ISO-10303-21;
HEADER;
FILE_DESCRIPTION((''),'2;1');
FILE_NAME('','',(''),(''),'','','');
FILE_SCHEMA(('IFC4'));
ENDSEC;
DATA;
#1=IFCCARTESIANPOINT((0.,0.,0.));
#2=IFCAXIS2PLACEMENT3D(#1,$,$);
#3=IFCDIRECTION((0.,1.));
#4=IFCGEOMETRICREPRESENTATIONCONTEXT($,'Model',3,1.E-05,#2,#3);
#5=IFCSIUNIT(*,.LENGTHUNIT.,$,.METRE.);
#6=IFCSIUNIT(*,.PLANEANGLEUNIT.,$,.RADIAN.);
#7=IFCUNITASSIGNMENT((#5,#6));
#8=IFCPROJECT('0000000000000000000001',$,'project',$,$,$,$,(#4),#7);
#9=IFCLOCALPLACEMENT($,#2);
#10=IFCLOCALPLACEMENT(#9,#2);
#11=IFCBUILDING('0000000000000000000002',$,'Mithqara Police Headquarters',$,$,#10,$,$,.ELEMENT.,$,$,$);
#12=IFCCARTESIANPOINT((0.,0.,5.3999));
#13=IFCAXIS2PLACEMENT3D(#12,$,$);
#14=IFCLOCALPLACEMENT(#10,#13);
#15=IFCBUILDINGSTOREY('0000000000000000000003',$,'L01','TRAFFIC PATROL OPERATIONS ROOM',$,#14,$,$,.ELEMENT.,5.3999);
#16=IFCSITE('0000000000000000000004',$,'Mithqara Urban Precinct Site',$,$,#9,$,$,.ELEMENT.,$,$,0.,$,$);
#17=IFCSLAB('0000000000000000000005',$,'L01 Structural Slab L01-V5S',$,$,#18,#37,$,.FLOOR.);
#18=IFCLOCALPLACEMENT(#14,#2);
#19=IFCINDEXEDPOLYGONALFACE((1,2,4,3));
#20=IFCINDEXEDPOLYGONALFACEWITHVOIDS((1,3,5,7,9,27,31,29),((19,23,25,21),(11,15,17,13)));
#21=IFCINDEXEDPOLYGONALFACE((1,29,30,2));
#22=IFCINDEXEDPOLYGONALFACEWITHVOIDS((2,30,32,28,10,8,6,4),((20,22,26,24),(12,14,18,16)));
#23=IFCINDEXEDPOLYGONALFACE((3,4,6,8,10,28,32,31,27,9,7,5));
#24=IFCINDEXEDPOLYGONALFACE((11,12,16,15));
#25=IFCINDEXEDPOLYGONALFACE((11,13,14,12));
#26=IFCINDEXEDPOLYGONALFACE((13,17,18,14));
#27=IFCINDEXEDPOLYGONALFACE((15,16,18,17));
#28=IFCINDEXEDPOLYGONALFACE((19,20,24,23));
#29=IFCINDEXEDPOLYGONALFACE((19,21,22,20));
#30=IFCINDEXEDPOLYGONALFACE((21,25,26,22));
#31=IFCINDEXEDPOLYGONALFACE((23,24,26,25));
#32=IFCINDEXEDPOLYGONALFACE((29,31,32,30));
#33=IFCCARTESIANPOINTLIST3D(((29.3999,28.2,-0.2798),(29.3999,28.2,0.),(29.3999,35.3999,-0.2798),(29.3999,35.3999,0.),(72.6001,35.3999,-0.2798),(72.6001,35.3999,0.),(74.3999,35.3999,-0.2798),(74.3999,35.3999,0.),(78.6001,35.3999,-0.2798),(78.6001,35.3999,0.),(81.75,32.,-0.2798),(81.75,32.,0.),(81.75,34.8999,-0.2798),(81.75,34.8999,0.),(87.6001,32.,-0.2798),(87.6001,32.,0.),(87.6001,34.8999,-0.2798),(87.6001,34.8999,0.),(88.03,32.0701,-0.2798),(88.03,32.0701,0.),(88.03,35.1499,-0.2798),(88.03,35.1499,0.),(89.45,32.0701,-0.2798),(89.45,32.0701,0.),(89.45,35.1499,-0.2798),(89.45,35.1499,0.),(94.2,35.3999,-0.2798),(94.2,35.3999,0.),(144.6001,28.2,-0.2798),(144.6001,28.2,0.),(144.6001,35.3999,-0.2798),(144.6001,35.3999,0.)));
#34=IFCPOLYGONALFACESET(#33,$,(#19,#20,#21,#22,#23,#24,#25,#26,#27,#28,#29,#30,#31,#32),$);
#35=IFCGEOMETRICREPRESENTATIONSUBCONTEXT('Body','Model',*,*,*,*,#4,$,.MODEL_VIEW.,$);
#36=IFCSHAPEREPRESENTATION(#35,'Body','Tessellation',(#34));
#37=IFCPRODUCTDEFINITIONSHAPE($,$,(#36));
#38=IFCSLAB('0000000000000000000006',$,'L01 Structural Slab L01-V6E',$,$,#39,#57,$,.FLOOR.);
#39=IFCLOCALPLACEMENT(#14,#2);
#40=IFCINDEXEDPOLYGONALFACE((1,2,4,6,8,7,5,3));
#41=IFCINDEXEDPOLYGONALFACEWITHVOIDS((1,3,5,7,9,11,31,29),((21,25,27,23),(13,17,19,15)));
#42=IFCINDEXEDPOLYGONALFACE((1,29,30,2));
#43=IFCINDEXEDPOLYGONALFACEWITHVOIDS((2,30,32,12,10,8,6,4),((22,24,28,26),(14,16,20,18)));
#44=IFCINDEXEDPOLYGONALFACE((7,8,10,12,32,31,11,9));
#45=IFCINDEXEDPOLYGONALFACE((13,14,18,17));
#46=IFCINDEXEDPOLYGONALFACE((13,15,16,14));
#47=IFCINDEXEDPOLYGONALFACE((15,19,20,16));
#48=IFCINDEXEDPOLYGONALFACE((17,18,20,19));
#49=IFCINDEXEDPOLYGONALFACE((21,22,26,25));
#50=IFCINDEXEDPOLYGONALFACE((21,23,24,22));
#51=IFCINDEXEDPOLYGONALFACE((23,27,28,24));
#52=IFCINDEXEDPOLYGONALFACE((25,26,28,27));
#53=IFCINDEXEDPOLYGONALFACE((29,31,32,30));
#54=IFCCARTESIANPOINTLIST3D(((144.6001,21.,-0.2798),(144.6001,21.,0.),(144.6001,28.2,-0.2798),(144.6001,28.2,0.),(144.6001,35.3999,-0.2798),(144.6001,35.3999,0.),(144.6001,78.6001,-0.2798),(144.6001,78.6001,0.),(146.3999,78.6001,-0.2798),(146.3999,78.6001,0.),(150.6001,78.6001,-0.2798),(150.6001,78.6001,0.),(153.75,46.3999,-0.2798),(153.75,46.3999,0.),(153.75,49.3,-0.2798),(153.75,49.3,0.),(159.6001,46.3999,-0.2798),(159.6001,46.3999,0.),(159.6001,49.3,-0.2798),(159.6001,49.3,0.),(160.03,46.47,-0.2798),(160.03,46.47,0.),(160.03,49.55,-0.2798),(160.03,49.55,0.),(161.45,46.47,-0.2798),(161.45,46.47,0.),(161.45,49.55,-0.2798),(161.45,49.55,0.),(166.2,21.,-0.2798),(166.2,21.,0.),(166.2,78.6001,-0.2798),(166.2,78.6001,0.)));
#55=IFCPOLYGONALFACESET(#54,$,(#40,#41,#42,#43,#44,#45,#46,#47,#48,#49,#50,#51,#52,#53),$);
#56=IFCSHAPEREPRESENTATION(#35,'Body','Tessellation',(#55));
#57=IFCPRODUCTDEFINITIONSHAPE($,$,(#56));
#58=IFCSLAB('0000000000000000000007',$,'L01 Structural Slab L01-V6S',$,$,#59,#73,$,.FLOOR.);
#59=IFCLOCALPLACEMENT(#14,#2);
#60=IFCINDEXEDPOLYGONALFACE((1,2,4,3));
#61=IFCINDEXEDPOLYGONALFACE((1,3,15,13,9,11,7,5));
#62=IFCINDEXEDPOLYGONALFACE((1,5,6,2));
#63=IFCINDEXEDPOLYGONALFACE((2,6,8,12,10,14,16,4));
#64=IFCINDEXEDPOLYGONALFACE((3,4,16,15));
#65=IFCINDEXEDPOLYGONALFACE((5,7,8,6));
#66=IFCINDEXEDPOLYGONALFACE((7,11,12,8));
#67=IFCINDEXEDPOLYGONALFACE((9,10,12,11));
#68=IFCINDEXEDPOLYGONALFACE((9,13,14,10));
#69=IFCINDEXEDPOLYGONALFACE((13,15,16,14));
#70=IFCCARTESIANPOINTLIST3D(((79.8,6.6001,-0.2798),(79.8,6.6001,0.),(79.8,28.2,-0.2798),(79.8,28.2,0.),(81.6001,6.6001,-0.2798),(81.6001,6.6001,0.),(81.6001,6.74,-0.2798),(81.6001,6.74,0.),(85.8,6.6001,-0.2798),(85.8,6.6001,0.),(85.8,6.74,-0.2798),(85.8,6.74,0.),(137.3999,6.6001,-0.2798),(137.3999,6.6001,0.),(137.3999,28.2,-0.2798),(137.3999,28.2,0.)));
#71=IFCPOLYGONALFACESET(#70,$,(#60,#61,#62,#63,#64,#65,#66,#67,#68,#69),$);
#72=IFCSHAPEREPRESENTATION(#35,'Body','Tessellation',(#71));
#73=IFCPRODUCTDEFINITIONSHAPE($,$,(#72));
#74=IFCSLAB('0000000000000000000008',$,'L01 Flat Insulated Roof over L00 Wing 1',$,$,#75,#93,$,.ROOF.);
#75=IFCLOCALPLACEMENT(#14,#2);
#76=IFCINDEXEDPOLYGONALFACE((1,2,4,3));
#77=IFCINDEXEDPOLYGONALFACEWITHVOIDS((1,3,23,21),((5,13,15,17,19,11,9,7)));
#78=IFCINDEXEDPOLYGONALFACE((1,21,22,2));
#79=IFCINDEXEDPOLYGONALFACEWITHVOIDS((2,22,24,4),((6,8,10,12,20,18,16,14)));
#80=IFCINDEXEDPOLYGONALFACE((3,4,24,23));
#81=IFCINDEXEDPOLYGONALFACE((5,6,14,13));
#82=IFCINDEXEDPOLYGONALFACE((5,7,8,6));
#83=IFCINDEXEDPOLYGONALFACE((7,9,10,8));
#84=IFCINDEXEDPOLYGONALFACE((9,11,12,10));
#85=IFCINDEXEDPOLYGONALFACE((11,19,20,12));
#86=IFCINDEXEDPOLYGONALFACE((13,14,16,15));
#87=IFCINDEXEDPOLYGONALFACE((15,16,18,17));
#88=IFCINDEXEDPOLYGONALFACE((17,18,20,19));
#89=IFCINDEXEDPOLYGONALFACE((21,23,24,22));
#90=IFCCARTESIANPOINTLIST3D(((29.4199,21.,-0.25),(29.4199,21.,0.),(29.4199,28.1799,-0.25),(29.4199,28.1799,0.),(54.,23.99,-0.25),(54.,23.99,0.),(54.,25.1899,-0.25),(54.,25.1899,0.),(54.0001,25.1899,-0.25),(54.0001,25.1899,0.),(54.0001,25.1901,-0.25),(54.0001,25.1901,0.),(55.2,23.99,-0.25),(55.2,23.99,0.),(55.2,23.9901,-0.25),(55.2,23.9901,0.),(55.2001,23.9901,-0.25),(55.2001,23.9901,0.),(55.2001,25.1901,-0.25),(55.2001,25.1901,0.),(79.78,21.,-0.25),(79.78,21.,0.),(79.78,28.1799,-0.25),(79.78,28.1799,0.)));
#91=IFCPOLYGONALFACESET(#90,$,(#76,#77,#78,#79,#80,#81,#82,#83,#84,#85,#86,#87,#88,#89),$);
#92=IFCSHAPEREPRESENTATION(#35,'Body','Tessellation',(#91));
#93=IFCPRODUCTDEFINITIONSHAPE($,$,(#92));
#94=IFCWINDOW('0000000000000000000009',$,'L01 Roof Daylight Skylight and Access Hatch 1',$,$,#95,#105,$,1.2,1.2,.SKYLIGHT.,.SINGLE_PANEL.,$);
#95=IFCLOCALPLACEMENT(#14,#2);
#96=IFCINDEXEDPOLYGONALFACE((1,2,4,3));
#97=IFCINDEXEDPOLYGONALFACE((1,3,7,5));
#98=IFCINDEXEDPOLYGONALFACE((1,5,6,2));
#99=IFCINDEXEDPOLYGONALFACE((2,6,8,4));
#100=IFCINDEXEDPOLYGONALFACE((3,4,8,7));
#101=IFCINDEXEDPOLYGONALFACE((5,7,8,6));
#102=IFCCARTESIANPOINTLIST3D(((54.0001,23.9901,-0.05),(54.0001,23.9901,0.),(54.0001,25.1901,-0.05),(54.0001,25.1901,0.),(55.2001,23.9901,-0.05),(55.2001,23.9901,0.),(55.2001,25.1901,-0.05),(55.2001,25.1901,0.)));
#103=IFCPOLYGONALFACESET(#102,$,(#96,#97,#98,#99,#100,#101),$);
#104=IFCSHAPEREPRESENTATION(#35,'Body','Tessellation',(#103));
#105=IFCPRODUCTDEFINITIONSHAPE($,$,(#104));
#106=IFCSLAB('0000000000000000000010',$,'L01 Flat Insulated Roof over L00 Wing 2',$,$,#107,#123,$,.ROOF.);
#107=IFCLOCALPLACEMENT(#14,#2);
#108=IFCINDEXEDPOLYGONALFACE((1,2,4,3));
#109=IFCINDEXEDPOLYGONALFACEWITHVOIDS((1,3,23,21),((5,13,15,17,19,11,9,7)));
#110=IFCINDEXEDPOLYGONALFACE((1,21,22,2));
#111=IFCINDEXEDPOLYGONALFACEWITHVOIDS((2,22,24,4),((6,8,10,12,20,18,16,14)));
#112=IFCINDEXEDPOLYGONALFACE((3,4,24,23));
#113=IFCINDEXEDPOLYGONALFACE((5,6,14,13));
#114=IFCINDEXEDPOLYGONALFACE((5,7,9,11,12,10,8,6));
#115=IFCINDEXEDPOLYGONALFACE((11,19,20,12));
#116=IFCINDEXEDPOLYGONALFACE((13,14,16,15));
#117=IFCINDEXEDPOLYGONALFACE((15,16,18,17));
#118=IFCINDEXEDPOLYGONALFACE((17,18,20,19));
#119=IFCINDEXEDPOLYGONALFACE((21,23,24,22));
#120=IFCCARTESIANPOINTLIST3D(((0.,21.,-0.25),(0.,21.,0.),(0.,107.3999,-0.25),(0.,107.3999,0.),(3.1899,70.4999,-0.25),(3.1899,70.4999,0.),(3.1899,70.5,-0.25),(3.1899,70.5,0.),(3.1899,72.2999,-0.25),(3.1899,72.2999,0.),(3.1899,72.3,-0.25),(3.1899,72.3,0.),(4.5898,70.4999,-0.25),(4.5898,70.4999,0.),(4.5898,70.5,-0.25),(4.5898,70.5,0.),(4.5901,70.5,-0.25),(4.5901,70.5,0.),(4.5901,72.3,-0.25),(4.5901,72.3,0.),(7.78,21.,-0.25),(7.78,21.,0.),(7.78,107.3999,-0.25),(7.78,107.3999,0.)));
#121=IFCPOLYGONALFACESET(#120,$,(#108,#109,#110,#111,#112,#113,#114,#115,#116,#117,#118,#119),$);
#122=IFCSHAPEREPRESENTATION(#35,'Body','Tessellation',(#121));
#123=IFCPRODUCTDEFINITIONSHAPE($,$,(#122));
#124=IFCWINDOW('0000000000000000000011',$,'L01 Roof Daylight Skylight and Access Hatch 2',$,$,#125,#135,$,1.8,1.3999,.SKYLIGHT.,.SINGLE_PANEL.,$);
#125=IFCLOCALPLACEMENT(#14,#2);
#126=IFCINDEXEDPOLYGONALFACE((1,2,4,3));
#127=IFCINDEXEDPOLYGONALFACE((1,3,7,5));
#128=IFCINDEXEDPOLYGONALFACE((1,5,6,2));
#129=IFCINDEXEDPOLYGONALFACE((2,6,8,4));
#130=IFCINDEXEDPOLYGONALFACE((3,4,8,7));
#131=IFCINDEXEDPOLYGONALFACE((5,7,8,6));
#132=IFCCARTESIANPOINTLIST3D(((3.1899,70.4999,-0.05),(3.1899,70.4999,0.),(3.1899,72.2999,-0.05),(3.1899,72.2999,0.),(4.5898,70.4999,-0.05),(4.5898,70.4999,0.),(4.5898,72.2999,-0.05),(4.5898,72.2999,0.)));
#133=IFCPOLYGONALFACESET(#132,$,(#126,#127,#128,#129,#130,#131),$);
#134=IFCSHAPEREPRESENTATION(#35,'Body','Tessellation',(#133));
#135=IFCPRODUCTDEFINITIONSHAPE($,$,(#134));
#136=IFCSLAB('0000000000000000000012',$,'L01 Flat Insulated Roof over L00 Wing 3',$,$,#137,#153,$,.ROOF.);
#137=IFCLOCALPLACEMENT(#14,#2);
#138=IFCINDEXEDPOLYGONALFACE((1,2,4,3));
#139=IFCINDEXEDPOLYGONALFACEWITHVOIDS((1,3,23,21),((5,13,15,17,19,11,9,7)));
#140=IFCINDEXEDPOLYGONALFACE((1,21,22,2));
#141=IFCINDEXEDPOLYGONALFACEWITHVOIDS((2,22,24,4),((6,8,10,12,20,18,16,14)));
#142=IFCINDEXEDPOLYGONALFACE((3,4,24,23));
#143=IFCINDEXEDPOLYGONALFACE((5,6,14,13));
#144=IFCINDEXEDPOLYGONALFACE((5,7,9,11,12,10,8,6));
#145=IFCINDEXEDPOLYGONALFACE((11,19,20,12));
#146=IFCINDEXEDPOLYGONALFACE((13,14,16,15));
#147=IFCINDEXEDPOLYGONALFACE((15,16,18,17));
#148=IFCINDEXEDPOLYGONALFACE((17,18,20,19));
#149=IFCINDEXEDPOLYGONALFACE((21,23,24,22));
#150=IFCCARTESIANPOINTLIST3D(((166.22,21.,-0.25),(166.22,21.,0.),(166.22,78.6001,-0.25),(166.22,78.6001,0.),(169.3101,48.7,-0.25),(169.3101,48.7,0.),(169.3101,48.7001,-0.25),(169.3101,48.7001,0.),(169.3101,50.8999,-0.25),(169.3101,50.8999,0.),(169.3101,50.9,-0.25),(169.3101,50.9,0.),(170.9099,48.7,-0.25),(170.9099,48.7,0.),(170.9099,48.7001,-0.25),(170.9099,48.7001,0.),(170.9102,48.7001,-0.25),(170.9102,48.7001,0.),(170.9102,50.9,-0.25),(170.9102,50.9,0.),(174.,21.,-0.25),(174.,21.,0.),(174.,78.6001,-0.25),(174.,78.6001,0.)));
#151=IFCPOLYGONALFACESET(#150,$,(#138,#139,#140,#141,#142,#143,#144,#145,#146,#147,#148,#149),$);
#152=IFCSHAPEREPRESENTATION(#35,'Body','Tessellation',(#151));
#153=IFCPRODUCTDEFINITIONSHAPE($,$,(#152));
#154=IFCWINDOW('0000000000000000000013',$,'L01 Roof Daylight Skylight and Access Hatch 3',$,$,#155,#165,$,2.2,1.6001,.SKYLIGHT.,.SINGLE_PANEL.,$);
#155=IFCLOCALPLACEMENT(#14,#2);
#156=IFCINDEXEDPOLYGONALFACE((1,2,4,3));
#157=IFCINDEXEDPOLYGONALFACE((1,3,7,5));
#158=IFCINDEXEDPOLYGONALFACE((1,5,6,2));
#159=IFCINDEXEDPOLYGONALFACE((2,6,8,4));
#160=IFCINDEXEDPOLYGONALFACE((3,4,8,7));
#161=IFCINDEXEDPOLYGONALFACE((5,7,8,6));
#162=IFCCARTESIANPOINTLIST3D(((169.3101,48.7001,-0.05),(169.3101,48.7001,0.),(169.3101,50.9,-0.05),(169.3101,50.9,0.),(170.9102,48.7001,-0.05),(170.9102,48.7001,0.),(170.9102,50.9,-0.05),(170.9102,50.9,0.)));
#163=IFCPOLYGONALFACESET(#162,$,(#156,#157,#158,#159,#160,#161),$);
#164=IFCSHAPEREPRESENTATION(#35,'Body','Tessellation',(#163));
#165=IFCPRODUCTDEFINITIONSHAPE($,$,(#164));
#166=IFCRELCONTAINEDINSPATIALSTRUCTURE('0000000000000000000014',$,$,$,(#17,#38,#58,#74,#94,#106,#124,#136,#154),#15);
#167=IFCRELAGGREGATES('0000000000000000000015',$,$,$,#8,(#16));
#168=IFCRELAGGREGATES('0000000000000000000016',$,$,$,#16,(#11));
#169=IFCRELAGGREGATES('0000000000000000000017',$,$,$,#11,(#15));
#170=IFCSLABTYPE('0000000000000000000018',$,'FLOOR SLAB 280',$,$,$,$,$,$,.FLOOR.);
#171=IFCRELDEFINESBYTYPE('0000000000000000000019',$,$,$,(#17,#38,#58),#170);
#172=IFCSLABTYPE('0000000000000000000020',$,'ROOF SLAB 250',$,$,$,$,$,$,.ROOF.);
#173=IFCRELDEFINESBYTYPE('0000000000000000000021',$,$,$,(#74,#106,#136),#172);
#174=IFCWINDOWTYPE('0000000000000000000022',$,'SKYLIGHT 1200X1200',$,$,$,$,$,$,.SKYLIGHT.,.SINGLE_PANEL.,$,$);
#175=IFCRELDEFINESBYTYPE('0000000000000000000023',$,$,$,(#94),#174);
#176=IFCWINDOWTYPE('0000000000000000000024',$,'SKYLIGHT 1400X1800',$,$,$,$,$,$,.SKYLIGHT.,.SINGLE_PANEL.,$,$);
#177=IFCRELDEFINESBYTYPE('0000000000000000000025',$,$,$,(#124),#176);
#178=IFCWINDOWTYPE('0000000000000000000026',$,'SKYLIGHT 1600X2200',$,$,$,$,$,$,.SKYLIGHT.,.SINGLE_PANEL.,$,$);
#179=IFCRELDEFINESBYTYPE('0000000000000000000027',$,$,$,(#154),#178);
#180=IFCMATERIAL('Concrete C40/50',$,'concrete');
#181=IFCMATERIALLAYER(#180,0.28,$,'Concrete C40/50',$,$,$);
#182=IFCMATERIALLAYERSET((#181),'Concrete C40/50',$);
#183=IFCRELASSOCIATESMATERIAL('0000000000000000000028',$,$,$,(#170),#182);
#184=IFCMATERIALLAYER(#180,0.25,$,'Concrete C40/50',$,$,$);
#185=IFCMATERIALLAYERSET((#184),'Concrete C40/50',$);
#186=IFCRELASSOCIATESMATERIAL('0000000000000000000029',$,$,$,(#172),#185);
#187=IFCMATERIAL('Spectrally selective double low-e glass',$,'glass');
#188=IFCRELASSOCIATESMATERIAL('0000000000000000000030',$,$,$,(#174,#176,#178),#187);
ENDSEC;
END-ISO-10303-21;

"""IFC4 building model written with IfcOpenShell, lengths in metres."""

from ifc_helpers import new_model, si_unit, direction, frame, origin, origin_2d, place, context, subcontext, project, spatial, polyline, rectangle, outline, extrude, material, layer, layer_set, type_object, element, fill, save


model = new_model("IFC4")

# Units and contexts
model_context = context("Model", 3, precision=1e-05, world=origin(), true_north=direction((0.0, 1.0)))
body_context = subcontext(model_context, "Body", "Model", "MODEL_VIEW")
ifc_project = project(units=[si_unit("LENGTHUNIT", "METRE"), si_unit("PLANEANGLEUNIT", "RADIAN")], contexts=[model_context])

# Site, building, storey
site_placement = place(None, origin())
site = spatial("IfcSite", under=ifc_project, at=site_placement, Name="Mithqara Urban Precinct Site", CompositionType="ELEMENT", RefElevation=0.0)
building_placement = place(site_placement, origin())
building = spatial("IfcBuilding", under=site, at=building_placement, Name="Mithqara Police Headquarters", CompositionType="ELEMENT")
storey_placement = place(building_placement, frame((0.0, 0.0, 5.3999)))
storey = spatial("IfcBuildingStorey", under=building, at=storey_placement, Name="L01", Description="TRAFFIC PATROL OPERATIONS ROOM", CompositionType="ELEMENT", Elevation=5.3999)

# Slabs
ifc_material_1 = material(Name="Concrete C40/50", Category="concrete")
ifc_layer_1 = layer(ifc_material_1, 0.28, Name="Concrete C40/50")
ifc_layer_set_1 = layer_set([ifc_layer_1], Name="Concrete C40/50")
slab_type_1 = type_object("IfcSlabType", Name="FLOOR SLAB 280", PredefinedType="FLOOR", material=ifc_layer_set_1)
slab_1_placement = place(storey_placement, frame((0.0, 0.0, -0.2798)))
element("IfcSlab", 1, at=slab_1_placement, inside=storey, type_object=slab_type_1, Name="L01 Structural Slab L01-V5S", PredefinedType="FLOOR", context=body_context, shape_type="SweptSolid", body=[
    extrude(outline(polyline([(144.6001, 35.3999), (144.6001, 28.2), (29.3999, 28.2), (29.3999, 35.3999), (72.6001, 35.3999), (74.3999, 35.3999), (78.6001, 35.3999), (94.2, 35.3999), (144.6001, 35.3999)]), holes=[polyline([(81.75, 32.0), (87.6001, 32.0), (87.6001, 34.8999), (81.75, 34.8999), (81.75, 32.0)]), polyline([(89.45, 32.0701), (89.45, 35.1499), (88.03, 35.1499), (88.03, 32.0701), (89.45, 32.0701)])]), origin(), (0.0, 0.0, 1.0), 0.2798),
])
slab_2_placement = place(storey_placement, frame((0.0, 0.0, -0.2798)))
element("IfcSlab", 2, at=slab_2_placement, inside=storey, type_object=slab_type_1, Name="L01 Structural Slab L01-V6E", PredefinedType="FLOOR", context=body_context, shape_type="SweptSolid", body=[
    extrude(outline(polyline([(166.2, 21.0), (144.6001, 21.0), (144.6001, 28.2), (144.6001, 35.3999), (144.6001, 78.6001), (146.3999, 78.6001), (150.6001, 78.6001), (166.2, 78.6001), (166.2, 21.0)]), holes=[polyline([(153.75, 46.3999), (159.6001, 46.3999), (159.6001, 49.3), (153.75, 49.3), (153.75, 46.3999)]), polyline([(161.45, 46.47), (161.45, 49.55), (160.03, 49.55), (160.03, 46.47), (161.45, 46.47)])]), origin(), (0.0, 0.0, 1.0), 0.2798),
])
slab_3_placement = place(storey_placement, frame((0.0, 0.0, -0.2798)))
element("IfcSlab", 3, at=slab_3_placement, inside=storey, type_object=slab_type_1, Name="L01 Structural Slab L01-V6S", PredefinedType="FLOOR", context=body_context, shape_type="SweptSolid", body=[
    extrude(outline(polyline([(85.8, 6.6001), (85.8, 6.74), (81.6001, 6.74), (81.6001, 6.6001), (79.8, 6.6001), (79.8, 28.2), (137.3999, 28.2), (137.3999, 6.6001), (85.8, 6.6001)])), origin(), (0.0, 0.0, 1.0), 0.2798),
])

# Slabs, openings, windows
ifc_layer_2 = layer(ifc_material_1, 0.25, Name="Concrete C40/50")
ifc_layer_set_2 = layer_set([ifc_layer_2], Name="Concrete C40/50")
slab_type_2 = type_object("IfcSlabType", Name="ROOF SLAB 250", PredefinedType="ROOF", material=ifc_layer_set_2)
slab_4_placement = place(storey_placement, frame((0.0, 0.0, -0.25)))
slab_4 = element("IfcSlab", 4, at=slab_4_placement, inside=storey, type_object=slab_type_2, Name="L01 Flat Insulated Roof over L00 Wing 1", PredefinedType="ROOF", context=body_context, shape_type="SweptSolid", body=[
    extrude(outline(polyline([(29.4199, 21.0), (29.4199, 28.1799), (79.78, 28.1799), (79.78, 21.0), (29.4199, 21.0)]), holes=[polyline([(54.0, 23.99), (55.2, 23.99), (55.2, 25.1899), (54.0, 25.1899), (54.0, 23.99)])]), origin(), (0.0, 0.0, 1.0), 0.25),
])
opening_1_placement = place(slab_4_placement, frame((54.6001, 24.5901, -0.01)))
opening_1 = element("IfcOpeningElement", 5, at=opening_1_placement, cuts=slab_4, PredefinedType="OPENING", context=body_context, shape_type="SweptSolid", body=[
    extrude(rectangle(XDim=1.2, YDim=1.2, at=origin_2d()), origin(), (0.0, 0.0, 1.0), 0.27),
])
ifc_material_2 = material(Name="Spectrally selective double low-e glass", Category="glass")
window_type_1 = type_object("IfcWindowType", Name="SKYLIGHT 1200X1200", PartitioningType="SINGLE_PANEL", PredefinedType="SKYLIGHT", material=ifc_material_2)
window_1_placement = place(opening_1_placement, frame((0.0, 0.0, 0.21)))
window_1 = element("IfcWindow", 6, at=window_1_placement, inside=storey, type_object=window_type_1, Name="L01 Roof Daylight Skylight and Access Hatch 1", OverallHeight=1.2, OverallWidth=1.2, PartitioningType="SINGLE_PANEL", PredefinedType="SKYLIGHT", context=body_context, shape_type="SweptSolid", body=[
    extrude(rectangle(XDim=1.2, YDim=1.2, at=origin_2d()), origin(), (0.0, 0.0, 1.0), 0.05),
])
fill(opening_1, window_1)
slab_5_placement = place(storey_placement, frame((0.0, 0.0, -0.25)))
slab_5 = element("IfcSlab", 7, at=slab_5_placement, inside=storey, type_object=slab_type_2, Name="L01 Flat Insulated Roof over L00 Wing 2", PredefinedType="ROOF", context=body_context, shape_type="SweptSolid", body=[
    extrude(outline(polyline([(0.0, 21.0), (0.0, 57.0), (0.0, 85.8), (0.0, 107.3999), (7.78, 107.3999), (7.78, 21.0), (0.0, 21.0)]), holes=[polyline([(3.1899, 70.5), (4.5901, 70.5), (4.5901, 72.3), (3.1899, 72.3), (3.1899, 70.5)])]), origin(), (0.0, 0.0, 1.0), 0.25),
])
opening_2_placement = place(slab_5_placement, frame((3.8899, 71.3999, -0.01)))
opening_2 = element("IfcOpeningElement", 8, at=opening_2_placement, cuts=slab_5, PredefinedType="OPENING", context=body_context, shape_type="SweptSolid", body=[
    extrude(rectangle(XDim=1.3999, YDim=1.8, at=origin_2d()), origin(), (0.0, 0.0, 1.0), 0.27),
])
window_type_2 = type_object("IfcWindowType", Name="SKYLIGHT 1400X1800", PartitioningType="SINGLE_PANEL", PredefinedType="SKYLIGHT", material=ifc_material_2)
window_2_placement = place(opening_2_placement, frame((0.0, 0.0, 0.21)))
window_2 = element("IfcWindow", 9, at=window_2_placement, inside=storey, type_object=window_type_2, Name="L01 Roof Daylight Skylight and Access Hatch 2", OverallHeight=1.8, OverallWidth=1.3999, PartitioningType="SINGLE_PANEL", PredefinedType="SKYLIGHT", context=body_context, shape_type="SweptSolid", body=[
    extrude(rectangle(XDim=1.3999, YDim=1.8, at=origin_2d()), origin(), (0.0, 0.0, 1.0), 0.05),
])
fill(opening_2, window_2)
slab_6_placement = place(storey_placement, frame((0.0, 0.0, -0.25)))
slab_6 = element("IfcSlab", 10, at=slab_6_placement, inside=storey, type_object=slab_type_2, Name="L01 Flat Insulated Roof over L00 Wing 3", PredefinedType="ROOF", context=body_context, shape_type="SweptSolid", body=[
    extrude(outline(polyline([(174.0, 78.6001), (174.0, 21.0), (166.22, 21.0), (166.22, 78.6001), (174.0, 78.6001)]), holes=[polyline([(169.3101, 48.7), (170.9099, 48.7), (170.9099, 50.8999), (169.3101, 50.8999), (169.3101, 48.7)])]), origin(), (0.0, 0.0, 1.0), 0.25),
])
opening_3_placement = place(slab_6_placement, frame((170.1101, 49.8, -0.01)))
opening_3 = element("IfcOpeningElement", 11, at=opening_3_placement, cuts=slab_6, PredefinedType="OPENING", context=body_context, shape_type="SweptSolid", body=[
    extrude(rectangle(XDim=1.6001, YDim=2.2, at=origin_2d()), origin(), (0.0, 0.0, 1.0), 0.27),
])
window_type_3 = type_object("IfcWindowType", Name="SKYLIGHT 1600X2200", PartitioningType="SINGLE_PANEL", PredefinedType="SKYLIGHT", material=ifc_material_2)
window_3_placement = place(opening_3_placement, frame((0.0, 0.0, 0.21)))
window_3 = element("IfcWindow", 12, at=window_3_placement, inside=storey, type_object=window_type_3, Name="L01 Roof Daylight Skylight and Access Hatch 3", OverallHeight=2.2, OverallWidth=1.6001, PartitioningType="SINGLE_PANEL", PredefinedType="SKYLIGHT", context=body_context, shape_type="SweptSolid", body=[
    extrude(rectangle(XDim=1.6001, YDim=2.2, at=origin_2d()), origin(), (0.0, 0.0, 1.0), 0.05),
])
fill(opening_3, window_3)

save(model, "model.ifc")
